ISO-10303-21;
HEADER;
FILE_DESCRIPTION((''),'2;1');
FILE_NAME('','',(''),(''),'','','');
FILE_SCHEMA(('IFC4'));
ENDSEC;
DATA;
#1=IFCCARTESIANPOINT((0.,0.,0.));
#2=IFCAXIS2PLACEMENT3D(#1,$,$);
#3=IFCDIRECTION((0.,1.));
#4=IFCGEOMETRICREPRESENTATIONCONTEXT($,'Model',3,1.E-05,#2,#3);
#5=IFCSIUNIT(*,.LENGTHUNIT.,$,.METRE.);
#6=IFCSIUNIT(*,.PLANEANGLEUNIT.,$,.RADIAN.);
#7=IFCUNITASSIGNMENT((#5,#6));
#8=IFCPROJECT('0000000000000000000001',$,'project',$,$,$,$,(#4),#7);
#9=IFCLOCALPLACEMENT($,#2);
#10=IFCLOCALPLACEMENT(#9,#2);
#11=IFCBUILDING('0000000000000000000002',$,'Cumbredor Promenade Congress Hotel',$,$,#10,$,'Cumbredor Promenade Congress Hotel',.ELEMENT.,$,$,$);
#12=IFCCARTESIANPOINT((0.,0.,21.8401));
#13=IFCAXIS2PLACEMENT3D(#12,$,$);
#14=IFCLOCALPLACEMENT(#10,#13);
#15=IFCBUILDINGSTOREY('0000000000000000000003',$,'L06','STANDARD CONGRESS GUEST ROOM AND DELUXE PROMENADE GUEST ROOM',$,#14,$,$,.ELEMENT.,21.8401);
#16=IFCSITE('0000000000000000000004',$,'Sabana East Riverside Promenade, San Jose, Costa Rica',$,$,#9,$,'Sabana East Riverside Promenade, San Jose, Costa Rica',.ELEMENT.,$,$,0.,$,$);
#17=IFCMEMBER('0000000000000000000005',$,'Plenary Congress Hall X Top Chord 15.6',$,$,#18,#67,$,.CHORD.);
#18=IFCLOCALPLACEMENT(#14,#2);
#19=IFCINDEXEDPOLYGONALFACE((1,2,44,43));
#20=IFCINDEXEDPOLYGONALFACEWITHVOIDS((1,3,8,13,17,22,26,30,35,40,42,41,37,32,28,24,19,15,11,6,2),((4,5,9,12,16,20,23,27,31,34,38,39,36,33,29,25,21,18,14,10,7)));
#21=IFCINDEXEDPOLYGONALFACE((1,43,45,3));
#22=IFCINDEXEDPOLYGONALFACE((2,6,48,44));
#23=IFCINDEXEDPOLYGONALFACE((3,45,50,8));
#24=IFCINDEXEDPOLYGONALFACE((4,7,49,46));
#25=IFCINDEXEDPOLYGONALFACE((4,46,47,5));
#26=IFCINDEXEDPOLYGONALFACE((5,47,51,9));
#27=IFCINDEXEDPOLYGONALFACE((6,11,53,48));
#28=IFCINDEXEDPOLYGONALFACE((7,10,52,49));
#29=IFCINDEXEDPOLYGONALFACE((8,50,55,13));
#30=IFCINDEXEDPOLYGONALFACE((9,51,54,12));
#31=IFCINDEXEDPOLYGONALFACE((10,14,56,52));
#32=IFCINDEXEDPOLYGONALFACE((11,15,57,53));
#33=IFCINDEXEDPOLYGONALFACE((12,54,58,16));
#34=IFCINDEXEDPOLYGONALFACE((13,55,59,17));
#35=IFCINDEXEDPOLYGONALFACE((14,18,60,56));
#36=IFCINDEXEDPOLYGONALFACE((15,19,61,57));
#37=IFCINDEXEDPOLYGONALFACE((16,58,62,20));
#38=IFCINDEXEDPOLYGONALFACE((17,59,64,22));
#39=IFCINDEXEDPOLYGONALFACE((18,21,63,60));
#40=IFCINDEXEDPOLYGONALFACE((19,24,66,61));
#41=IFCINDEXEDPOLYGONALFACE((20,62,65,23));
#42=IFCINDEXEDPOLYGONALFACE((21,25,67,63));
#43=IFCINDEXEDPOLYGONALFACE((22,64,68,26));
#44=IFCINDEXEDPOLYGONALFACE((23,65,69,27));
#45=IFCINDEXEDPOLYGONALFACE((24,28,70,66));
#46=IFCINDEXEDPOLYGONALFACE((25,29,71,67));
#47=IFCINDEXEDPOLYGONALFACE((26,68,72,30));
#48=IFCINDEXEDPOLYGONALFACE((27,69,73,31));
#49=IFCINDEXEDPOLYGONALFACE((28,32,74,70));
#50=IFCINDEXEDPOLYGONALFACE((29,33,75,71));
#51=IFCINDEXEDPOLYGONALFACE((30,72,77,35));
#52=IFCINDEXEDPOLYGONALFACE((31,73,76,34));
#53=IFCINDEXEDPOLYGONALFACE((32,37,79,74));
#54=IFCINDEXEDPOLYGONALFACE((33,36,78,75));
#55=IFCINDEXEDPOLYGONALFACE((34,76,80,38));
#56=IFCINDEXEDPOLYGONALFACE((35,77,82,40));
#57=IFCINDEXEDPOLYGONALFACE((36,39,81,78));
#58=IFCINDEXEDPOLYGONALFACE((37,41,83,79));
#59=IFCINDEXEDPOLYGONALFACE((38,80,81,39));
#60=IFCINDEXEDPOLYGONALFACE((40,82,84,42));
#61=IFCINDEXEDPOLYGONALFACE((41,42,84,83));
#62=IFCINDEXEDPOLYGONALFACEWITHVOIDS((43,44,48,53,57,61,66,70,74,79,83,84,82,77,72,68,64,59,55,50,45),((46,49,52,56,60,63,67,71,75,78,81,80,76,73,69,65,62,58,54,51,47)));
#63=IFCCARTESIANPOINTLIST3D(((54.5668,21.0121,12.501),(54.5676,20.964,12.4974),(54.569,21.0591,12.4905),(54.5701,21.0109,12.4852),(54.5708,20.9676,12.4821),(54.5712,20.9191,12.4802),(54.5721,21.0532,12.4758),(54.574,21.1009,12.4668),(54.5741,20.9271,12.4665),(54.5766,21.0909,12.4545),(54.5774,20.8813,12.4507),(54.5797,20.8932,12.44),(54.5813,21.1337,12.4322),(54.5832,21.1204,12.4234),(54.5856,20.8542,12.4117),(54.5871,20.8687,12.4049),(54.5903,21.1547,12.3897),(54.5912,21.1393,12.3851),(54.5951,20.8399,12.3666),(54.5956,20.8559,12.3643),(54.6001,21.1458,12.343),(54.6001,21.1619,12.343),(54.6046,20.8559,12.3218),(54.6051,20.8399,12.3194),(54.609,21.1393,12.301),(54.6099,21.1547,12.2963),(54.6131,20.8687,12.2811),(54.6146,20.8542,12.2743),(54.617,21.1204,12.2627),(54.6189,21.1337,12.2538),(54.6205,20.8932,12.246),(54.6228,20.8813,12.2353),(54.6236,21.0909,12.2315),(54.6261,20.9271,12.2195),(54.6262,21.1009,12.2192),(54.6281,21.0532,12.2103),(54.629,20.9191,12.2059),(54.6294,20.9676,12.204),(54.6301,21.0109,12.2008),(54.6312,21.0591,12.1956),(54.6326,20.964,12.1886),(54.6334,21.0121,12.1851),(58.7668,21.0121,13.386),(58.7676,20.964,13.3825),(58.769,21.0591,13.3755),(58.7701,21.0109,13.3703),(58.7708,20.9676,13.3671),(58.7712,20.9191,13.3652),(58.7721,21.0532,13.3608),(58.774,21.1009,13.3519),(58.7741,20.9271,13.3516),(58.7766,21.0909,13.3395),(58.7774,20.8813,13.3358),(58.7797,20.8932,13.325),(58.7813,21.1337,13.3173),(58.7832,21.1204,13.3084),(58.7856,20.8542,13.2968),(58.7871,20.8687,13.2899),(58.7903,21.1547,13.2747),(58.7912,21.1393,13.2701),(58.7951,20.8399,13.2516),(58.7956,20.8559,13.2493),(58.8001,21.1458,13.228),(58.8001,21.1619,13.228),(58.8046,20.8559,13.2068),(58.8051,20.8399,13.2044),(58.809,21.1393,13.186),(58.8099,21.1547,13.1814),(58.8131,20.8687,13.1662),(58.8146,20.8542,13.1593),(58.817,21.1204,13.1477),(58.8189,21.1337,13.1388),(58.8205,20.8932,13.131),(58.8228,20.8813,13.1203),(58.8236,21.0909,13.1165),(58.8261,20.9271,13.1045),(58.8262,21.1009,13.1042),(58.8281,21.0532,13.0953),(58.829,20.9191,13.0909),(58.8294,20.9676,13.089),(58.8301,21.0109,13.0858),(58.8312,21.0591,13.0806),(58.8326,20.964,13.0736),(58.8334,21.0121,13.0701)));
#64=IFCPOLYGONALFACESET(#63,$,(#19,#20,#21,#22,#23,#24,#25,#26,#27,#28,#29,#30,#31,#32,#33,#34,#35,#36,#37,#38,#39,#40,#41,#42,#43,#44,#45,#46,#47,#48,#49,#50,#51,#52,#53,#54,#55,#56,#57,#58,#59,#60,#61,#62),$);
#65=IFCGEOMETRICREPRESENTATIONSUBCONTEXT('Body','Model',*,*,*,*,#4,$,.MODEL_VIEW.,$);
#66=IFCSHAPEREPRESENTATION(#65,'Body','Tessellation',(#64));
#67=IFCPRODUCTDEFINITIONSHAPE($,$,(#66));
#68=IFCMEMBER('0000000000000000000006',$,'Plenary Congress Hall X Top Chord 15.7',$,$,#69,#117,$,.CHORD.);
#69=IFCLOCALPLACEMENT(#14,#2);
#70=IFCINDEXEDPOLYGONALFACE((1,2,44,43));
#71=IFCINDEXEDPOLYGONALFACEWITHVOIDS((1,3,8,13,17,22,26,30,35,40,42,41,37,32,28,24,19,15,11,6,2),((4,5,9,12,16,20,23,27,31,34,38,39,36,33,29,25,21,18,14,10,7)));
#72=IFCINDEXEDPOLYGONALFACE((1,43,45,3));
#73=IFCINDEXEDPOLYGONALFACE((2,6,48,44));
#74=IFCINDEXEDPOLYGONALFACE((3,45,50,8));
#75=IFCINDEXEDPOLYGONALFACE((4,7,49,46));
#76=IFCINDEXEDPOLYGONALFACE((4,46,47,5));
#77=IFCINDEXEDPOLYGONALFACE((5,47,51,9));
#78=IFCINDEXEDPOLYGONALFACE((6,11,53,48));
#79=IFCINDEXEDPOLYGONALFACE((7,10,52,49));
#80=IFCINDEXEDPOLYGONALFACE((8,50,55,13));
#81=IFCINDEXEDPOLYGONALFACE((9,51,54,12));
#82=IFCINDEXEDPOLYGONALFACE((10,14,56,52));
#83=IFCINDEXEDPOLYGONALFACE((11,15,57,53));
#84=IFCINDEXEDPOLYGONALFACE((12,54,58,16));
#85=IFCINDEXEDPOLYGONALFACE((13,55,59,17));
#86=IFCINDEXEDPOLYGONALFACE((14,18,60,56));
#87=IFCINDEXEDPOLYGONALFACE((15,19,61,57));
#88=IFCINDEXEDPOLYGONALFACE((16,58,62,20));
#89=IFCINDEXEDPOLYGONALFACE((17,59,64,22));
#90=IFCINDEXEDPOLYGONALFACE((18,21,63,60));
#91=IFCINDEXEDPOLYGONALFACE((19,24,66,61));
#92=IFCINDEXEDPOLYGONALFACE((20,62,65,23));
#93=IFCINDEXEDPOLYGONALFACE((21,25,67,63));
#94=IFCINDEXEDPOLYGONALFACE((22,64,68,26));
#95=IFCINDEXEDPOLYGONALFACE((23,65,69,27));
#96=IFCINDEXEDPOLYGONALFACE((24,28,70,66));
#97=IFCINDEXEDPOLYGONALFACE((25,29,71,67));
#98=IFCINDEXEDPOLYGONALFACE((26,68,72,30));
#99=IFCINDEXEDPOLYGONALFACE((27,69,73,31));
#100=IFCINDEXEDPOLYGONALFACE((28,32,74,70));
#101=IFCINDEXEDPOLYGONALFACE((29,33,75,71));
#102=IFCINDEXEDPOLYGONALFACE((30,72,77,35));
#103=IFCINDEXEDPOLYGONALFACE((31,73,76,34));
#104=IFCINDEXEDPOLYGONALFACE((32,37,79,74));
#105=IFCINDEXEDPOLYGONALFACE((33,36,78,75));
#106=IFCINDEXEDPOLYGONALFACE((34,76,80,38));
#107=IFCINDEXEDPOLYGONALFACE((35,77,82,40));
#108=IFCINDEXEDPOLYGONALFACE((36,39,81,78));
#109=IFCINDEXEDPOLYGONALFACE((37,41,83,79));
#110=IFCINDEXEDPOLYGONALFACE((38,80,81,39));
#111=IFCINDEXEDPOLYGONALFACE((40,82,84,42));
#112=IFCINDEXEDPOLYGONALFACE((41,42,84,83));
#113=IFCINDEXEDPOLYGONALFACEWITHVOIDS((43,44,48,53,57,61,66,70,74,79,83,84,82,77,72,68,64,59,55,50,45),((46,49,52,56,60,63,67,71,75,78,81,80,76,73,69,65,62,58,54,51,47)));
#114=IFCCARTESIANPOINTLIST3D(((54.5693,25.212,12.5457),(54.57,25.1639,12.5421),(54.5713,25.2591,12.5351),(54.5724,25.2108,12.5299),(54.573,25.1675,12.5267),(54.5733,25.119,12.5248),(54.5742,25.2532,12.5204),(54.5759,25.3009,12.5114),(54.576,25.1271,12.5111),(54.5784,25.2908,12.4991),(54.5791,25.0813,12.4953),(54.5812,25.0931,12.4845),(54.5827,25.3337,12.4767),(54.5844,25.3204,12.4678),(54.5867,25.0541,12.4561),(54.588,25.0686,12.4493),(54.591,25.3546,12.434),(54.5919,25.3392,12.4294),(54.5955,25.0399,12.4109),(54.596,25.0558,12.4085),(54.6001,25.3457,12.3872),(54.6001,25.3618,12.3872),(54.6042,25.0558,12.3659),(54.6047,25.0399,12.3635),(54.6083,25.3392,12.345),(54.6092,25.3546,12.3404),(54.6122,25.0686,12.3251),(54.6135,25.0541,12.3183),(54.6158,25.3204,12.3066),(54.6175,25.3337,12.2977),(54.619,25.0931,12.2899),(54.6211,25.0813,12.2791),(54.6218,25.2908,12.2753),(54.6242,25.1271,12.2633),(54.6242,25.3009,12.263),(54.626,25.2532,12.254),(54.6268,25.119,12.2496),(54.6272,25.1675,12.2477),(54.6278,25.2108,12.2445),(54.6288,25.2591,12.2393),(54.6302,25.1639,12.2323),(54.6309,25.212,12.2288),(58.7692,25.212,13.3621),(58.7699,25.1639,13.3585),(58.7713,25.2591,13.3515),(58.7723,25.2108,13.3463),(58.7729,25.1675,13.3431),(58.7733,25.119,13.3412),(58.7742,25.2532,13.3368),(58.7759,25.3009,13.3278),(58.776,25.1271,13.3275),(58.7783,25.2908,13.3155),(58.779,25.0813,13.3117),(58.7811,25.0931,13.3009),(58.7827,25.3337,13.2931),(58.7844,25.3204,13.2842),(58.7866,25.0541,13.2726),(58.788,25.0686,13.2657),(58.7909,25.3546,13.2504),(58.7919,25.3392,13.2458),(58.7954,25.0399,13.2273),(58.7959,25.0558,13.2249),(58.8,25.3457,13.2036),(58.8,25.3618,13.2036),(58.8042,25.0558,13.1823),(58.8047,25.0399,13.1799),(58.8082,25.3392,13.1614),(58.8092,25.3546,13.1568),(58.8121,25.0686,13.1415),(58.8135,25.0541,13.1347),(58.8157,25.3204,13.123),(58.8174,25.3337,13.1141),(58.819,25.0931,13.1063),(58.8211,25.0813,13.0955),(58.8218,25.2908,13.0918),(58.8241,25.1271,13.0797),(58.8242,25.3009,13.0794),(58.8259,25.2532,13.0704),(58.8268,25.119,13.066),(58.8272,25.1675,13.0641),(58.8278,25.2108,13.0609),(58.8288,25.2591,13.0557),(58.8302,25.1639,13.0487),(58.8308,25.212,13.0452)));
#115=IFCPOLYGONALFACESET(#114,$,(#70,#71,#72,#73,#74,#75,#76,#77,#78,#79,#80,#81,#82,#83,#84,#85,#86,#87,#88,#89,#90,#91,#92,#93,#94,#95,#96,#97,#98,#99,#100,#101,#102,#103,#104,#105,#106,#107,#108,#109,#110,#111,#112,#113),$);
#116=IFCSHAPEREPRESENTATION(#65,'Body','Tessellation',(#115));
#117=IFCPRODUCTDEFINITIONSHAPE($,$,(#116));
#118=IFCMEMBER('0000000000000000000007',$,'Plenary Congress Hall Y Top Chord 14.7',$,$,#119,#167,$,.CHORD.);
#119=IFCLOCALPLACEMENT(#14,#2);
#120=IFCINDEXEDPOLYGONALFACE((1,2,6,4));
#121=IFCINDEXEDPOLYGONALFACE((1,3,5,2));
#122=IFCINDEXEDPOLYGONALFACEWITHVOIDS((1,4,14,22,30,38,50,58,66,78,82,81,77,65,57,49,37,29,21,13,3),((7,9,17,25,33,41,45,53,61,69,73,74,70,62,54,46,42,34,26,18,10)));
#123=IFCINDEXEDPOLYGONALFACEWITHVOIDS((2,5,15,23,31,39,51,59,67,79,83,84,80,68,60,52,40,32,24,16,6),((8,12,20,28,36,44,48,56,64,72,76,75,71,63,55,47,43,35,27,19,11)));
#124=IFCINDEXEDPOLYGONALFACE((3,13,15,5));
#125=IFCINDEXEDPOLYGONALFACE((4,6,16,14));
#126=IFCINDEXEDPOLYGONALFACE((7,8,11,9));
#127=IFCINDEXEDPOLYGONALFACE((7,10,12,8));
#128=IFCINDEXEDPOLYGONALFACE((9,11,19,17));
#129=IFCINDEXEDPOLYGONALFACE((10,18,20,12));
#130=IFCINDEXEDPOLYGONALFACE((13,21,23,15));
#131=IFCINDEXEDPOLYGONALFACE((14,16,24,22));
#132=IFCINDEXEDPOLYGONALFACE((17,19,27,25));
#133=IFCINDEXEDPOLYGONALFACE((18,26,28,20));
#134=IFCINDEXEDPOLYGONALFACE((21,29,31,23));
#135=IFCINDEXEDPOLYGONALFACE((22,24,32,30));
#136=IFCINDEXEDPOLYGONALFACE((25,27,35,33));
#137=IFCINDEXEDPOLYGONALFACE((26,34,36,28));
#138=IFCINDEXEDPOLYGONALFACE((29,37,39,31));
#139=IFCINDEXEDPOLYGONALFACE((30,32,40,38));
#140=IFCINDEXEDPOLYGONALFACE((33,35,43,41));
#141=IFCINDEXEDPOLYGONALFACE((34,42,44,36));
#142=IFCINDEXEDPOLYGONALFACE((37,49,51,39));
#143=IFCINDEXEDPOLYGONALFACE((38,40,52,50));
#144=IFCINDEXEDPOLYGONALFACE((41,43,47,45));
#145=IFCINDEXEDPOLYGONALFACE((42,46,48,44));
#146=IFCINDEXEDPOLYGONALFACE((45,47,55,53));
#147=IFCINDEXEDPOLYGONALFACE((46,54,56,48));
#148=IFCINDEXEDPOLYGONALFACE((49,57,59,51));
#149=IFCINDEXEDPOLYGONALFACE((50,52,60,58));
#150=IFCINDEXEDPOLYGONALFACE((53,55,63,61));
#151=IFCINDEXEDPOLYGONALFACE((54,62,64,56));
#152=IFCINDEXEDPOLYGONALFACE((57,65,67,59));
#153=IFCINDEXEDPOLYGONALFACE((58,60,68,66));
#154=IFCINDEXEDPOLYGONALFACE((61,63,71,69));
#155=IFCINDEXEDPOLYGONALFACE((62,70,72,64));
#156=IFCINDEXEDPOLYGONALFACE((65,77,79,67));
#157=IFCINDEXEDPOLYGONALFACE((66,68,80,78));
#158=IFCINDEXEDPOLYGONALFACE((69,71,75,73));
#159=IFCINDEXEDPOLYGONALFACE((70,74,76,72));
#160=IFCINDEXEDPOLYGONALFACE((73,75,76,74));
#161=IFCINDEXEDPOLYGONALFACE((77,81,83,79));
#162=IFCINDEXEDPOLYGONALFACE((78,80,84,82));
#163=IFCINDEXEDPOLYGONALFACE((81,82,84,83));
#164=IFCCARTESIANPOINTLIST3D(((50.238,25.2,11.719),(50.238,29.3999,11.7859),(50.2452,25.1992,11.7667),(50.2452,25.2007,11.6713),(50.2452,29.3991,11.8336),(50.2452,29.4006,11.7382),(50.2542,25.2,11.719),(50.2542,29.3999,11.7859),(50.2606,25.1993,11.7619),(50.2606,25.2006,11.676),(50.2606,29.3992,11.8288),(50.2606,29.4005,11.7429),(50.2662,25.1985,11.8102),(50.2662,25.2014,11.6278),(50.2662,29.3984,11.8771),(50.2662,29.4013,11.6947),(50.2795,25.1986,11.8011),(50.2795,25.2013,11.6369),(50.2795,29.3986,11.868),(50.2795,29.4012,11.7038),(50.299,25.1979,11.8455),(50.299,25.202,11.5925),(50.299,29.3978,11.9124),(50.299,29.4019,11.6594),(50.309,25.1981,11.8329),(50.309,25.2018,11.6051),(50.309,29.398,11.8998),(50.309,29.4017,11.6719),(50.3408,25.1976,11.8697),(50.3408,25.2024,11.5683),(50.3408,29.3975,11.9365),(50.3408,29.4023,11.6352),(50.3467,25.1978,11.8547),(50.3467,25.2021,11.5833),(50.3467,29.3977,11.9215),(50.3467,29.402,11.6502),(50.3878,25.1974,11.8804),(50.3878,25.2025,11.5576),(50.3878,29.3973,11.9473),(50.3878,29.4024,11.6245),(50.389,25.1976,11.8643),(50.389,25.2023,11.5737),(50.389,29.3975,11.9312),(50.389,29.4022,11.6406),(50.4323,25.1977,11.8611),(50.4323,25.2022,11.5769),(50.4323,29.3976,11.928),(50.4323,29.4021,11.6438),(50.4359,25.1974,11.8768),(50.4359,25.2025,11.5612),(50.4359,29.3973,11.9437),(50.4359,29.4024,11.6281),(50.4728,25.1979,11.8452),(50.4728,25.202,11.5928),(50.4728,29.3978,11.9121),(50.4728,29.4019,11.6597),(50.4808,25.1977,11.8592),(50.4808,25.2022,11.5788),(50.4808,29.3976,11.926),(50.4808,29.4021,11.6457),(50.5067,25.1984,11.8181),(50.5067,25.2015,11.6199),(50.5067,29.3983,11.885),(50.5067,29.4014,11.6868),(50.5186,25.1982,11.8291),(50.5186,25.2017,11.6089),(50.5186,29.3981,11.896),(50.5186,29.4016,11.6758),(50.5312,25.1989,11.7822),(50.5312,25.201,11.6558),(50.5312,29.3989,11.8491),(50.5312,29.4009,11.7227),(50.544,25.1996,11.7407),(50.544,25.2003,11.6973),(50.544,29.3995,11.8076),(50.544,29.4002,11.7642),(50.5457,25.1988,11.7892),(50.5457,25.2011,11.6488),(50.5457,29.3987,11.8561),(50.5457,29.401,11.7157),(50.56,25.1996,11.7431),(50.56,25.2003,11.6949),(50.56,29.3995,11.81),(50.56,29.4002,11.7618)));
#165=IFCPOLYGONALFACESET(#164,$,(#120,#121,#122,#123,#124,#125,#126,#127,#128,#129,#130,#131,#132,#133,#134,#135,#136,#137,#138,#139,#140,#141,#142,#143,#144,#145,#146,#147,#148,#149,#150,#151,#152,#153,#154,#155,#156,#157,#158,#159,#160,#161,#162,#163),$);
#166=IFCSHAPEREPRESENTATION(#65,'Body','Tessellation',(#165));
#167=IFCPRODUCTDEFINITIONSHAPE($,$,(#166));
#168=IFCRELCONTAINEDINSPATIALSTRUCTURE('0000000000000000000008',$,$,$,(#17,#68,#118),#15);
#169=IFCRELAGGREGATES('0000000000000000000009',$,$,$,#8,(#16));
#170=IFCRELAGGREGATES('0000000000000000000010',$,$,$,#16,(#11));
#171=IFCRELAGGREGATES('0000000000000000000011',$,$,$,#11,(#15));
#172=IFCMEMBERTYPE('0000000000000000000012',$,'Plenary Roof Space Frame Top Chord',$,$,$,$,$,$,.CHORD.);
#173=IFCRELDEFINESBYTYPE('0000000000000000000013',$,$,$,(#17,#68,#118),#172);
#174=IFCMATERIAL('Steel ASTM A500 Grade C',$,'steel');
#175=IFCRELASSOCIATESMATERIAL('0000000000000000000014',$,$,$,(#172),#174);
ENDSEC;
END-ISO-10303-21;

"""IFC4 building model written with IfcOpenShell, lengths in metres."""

from ifc_helpers import new_model, si_unit, direction, frame, origin, origin_2d, place, context, subcontext, project, spatial, hollow_circle, extrude, material, material_profile, profile_set, type_object, element, save


model = new_model("IFC4")

# Units and contexts
model_context = context("Model", 3, precision=1e-05, world=origin(), true_north=direction((0.0, 1.0)))
body_context = subcontext(model_context, "Body", "Model", "MODEL_VIEW")
ifc_project = project(units=[si_unit("LENGTHUNIT", "METRE"), si_unit("PLANEANGLEUNIT", "RADIAN")], contexts=[model_context])

# Site, building, storey
site_placement = place(None, origin())
site = spatial("IfcSite", under=ifc_project, at=site_placement, Name="Sabana East Riverside Promenade, San Jose, Costa Rica", LongName="Sabana East Riverside Promenade, San Jose, Costa Rica", CompositionType="ELEMENT", RefElevation=0.0)
building_placement = place(site_placement, origin())
building = spatial("IfcBuilding", under=site, at=building_placement, Name="Cumbredor Promenade Congress Hotel", LongName="Cumbredor Promenade Congress Hotel", CompositionType="ELEMENT")
storey_placement = place(building_placement, frame((0.0, 0.0, 21.8401)))
storey = spatial("IfcBuildingStorey", under=building, at=storey_placement, Name="L06", Description="STANDARD CONGRESS GUEST ROOM AND DELUXE PROMENADE GUEST ROOM", CompositionType="ELEMENT", Elevation=21.8401)

# Members
ifc_material_1 = material(Name="Steel ASTM A500 Grade C", Category="steel")
ifc_material_profile_1 = material_profile(ifc_material_1, hollow_circle(Radius=0.1619, WallThickness=0.0161, at=origin_2d()), Name="CHS 323.9x16")
ifc_profile_set_1 = profile_set([ifc_material_profile_1], Name="Steel ASTM A500 Grade C")
member_type_1 = type_object("IfcMemberType", Name="Plenary Roof Space Frame Top Chord", PredefinedType="CHORD", material=ifc_profile_set_1)
member_1_placement = place(storey_placement, frame((54.6001, 21.0, 12.343), z_axis=(0.978512, 0.0, 0.206191), x_axis=(0.0, 1.0, 0.0)))
element("IfcMember", 1, at=member_1_placement, inside=storey, type_object=member_type_1, Name="Plenary Congress Hall X Top Chord 15.6", PredefinedType="CHORD", context=body_context, shape_type="SweptSolid", body=[
    extrude(hollow_circle(Radius=0.1619, WallThickness=0.0161, at=origin_2d()), origin(), (0.0, 0.0, 1.0), 4.2922),
])
member_2_placement = place(storey_placement, frame((54.6001, 25.2, 12.3872), z_axis=(0.981626, 0.0, 0.190813), x_axis=(0.0, 1.0, 0.0)))
element("IfcMember", 2, at=member_2_placement, inside=storey, type_object=member_type_1, Name="Plenary Congress Hall X Top Chord 15.7", PredefinedType="CHORD", context=body_context, shape_type="SweptSolid", body=[
    extrude(hollow_circle(Radius=0.1619, WallThickness=0.0161, at=origin_2d()), origin(), (0.0, 0.0, 1.0), 4.2786),
])
for number, where, z_axis, x_axis, name in (
    (3, (50.3999, 25.2, 11.719), (0.0, 0.999873, 0.015925), (-1.0, 0.0, 0.0), "Plenary Congress Hall Y Top Chord 14.7"),
):
    element("IfcMember", number, at=place(storey_placement, frame(where, z_axis=z_axis, x_axis=x_axis)), inside=storey, type_object=member_type_1, Name=name, PredefinedType="CHORD", context=body_context, shape_type="SweptSolid", body=[
        extrude(hollow_circle(Radius=0.1619, WallThickness=0.0161, at=origin_2d()), origin(), (0.0, 0.0, 1.0), 4.2004),
    ])

save(model, "model.ifc")
